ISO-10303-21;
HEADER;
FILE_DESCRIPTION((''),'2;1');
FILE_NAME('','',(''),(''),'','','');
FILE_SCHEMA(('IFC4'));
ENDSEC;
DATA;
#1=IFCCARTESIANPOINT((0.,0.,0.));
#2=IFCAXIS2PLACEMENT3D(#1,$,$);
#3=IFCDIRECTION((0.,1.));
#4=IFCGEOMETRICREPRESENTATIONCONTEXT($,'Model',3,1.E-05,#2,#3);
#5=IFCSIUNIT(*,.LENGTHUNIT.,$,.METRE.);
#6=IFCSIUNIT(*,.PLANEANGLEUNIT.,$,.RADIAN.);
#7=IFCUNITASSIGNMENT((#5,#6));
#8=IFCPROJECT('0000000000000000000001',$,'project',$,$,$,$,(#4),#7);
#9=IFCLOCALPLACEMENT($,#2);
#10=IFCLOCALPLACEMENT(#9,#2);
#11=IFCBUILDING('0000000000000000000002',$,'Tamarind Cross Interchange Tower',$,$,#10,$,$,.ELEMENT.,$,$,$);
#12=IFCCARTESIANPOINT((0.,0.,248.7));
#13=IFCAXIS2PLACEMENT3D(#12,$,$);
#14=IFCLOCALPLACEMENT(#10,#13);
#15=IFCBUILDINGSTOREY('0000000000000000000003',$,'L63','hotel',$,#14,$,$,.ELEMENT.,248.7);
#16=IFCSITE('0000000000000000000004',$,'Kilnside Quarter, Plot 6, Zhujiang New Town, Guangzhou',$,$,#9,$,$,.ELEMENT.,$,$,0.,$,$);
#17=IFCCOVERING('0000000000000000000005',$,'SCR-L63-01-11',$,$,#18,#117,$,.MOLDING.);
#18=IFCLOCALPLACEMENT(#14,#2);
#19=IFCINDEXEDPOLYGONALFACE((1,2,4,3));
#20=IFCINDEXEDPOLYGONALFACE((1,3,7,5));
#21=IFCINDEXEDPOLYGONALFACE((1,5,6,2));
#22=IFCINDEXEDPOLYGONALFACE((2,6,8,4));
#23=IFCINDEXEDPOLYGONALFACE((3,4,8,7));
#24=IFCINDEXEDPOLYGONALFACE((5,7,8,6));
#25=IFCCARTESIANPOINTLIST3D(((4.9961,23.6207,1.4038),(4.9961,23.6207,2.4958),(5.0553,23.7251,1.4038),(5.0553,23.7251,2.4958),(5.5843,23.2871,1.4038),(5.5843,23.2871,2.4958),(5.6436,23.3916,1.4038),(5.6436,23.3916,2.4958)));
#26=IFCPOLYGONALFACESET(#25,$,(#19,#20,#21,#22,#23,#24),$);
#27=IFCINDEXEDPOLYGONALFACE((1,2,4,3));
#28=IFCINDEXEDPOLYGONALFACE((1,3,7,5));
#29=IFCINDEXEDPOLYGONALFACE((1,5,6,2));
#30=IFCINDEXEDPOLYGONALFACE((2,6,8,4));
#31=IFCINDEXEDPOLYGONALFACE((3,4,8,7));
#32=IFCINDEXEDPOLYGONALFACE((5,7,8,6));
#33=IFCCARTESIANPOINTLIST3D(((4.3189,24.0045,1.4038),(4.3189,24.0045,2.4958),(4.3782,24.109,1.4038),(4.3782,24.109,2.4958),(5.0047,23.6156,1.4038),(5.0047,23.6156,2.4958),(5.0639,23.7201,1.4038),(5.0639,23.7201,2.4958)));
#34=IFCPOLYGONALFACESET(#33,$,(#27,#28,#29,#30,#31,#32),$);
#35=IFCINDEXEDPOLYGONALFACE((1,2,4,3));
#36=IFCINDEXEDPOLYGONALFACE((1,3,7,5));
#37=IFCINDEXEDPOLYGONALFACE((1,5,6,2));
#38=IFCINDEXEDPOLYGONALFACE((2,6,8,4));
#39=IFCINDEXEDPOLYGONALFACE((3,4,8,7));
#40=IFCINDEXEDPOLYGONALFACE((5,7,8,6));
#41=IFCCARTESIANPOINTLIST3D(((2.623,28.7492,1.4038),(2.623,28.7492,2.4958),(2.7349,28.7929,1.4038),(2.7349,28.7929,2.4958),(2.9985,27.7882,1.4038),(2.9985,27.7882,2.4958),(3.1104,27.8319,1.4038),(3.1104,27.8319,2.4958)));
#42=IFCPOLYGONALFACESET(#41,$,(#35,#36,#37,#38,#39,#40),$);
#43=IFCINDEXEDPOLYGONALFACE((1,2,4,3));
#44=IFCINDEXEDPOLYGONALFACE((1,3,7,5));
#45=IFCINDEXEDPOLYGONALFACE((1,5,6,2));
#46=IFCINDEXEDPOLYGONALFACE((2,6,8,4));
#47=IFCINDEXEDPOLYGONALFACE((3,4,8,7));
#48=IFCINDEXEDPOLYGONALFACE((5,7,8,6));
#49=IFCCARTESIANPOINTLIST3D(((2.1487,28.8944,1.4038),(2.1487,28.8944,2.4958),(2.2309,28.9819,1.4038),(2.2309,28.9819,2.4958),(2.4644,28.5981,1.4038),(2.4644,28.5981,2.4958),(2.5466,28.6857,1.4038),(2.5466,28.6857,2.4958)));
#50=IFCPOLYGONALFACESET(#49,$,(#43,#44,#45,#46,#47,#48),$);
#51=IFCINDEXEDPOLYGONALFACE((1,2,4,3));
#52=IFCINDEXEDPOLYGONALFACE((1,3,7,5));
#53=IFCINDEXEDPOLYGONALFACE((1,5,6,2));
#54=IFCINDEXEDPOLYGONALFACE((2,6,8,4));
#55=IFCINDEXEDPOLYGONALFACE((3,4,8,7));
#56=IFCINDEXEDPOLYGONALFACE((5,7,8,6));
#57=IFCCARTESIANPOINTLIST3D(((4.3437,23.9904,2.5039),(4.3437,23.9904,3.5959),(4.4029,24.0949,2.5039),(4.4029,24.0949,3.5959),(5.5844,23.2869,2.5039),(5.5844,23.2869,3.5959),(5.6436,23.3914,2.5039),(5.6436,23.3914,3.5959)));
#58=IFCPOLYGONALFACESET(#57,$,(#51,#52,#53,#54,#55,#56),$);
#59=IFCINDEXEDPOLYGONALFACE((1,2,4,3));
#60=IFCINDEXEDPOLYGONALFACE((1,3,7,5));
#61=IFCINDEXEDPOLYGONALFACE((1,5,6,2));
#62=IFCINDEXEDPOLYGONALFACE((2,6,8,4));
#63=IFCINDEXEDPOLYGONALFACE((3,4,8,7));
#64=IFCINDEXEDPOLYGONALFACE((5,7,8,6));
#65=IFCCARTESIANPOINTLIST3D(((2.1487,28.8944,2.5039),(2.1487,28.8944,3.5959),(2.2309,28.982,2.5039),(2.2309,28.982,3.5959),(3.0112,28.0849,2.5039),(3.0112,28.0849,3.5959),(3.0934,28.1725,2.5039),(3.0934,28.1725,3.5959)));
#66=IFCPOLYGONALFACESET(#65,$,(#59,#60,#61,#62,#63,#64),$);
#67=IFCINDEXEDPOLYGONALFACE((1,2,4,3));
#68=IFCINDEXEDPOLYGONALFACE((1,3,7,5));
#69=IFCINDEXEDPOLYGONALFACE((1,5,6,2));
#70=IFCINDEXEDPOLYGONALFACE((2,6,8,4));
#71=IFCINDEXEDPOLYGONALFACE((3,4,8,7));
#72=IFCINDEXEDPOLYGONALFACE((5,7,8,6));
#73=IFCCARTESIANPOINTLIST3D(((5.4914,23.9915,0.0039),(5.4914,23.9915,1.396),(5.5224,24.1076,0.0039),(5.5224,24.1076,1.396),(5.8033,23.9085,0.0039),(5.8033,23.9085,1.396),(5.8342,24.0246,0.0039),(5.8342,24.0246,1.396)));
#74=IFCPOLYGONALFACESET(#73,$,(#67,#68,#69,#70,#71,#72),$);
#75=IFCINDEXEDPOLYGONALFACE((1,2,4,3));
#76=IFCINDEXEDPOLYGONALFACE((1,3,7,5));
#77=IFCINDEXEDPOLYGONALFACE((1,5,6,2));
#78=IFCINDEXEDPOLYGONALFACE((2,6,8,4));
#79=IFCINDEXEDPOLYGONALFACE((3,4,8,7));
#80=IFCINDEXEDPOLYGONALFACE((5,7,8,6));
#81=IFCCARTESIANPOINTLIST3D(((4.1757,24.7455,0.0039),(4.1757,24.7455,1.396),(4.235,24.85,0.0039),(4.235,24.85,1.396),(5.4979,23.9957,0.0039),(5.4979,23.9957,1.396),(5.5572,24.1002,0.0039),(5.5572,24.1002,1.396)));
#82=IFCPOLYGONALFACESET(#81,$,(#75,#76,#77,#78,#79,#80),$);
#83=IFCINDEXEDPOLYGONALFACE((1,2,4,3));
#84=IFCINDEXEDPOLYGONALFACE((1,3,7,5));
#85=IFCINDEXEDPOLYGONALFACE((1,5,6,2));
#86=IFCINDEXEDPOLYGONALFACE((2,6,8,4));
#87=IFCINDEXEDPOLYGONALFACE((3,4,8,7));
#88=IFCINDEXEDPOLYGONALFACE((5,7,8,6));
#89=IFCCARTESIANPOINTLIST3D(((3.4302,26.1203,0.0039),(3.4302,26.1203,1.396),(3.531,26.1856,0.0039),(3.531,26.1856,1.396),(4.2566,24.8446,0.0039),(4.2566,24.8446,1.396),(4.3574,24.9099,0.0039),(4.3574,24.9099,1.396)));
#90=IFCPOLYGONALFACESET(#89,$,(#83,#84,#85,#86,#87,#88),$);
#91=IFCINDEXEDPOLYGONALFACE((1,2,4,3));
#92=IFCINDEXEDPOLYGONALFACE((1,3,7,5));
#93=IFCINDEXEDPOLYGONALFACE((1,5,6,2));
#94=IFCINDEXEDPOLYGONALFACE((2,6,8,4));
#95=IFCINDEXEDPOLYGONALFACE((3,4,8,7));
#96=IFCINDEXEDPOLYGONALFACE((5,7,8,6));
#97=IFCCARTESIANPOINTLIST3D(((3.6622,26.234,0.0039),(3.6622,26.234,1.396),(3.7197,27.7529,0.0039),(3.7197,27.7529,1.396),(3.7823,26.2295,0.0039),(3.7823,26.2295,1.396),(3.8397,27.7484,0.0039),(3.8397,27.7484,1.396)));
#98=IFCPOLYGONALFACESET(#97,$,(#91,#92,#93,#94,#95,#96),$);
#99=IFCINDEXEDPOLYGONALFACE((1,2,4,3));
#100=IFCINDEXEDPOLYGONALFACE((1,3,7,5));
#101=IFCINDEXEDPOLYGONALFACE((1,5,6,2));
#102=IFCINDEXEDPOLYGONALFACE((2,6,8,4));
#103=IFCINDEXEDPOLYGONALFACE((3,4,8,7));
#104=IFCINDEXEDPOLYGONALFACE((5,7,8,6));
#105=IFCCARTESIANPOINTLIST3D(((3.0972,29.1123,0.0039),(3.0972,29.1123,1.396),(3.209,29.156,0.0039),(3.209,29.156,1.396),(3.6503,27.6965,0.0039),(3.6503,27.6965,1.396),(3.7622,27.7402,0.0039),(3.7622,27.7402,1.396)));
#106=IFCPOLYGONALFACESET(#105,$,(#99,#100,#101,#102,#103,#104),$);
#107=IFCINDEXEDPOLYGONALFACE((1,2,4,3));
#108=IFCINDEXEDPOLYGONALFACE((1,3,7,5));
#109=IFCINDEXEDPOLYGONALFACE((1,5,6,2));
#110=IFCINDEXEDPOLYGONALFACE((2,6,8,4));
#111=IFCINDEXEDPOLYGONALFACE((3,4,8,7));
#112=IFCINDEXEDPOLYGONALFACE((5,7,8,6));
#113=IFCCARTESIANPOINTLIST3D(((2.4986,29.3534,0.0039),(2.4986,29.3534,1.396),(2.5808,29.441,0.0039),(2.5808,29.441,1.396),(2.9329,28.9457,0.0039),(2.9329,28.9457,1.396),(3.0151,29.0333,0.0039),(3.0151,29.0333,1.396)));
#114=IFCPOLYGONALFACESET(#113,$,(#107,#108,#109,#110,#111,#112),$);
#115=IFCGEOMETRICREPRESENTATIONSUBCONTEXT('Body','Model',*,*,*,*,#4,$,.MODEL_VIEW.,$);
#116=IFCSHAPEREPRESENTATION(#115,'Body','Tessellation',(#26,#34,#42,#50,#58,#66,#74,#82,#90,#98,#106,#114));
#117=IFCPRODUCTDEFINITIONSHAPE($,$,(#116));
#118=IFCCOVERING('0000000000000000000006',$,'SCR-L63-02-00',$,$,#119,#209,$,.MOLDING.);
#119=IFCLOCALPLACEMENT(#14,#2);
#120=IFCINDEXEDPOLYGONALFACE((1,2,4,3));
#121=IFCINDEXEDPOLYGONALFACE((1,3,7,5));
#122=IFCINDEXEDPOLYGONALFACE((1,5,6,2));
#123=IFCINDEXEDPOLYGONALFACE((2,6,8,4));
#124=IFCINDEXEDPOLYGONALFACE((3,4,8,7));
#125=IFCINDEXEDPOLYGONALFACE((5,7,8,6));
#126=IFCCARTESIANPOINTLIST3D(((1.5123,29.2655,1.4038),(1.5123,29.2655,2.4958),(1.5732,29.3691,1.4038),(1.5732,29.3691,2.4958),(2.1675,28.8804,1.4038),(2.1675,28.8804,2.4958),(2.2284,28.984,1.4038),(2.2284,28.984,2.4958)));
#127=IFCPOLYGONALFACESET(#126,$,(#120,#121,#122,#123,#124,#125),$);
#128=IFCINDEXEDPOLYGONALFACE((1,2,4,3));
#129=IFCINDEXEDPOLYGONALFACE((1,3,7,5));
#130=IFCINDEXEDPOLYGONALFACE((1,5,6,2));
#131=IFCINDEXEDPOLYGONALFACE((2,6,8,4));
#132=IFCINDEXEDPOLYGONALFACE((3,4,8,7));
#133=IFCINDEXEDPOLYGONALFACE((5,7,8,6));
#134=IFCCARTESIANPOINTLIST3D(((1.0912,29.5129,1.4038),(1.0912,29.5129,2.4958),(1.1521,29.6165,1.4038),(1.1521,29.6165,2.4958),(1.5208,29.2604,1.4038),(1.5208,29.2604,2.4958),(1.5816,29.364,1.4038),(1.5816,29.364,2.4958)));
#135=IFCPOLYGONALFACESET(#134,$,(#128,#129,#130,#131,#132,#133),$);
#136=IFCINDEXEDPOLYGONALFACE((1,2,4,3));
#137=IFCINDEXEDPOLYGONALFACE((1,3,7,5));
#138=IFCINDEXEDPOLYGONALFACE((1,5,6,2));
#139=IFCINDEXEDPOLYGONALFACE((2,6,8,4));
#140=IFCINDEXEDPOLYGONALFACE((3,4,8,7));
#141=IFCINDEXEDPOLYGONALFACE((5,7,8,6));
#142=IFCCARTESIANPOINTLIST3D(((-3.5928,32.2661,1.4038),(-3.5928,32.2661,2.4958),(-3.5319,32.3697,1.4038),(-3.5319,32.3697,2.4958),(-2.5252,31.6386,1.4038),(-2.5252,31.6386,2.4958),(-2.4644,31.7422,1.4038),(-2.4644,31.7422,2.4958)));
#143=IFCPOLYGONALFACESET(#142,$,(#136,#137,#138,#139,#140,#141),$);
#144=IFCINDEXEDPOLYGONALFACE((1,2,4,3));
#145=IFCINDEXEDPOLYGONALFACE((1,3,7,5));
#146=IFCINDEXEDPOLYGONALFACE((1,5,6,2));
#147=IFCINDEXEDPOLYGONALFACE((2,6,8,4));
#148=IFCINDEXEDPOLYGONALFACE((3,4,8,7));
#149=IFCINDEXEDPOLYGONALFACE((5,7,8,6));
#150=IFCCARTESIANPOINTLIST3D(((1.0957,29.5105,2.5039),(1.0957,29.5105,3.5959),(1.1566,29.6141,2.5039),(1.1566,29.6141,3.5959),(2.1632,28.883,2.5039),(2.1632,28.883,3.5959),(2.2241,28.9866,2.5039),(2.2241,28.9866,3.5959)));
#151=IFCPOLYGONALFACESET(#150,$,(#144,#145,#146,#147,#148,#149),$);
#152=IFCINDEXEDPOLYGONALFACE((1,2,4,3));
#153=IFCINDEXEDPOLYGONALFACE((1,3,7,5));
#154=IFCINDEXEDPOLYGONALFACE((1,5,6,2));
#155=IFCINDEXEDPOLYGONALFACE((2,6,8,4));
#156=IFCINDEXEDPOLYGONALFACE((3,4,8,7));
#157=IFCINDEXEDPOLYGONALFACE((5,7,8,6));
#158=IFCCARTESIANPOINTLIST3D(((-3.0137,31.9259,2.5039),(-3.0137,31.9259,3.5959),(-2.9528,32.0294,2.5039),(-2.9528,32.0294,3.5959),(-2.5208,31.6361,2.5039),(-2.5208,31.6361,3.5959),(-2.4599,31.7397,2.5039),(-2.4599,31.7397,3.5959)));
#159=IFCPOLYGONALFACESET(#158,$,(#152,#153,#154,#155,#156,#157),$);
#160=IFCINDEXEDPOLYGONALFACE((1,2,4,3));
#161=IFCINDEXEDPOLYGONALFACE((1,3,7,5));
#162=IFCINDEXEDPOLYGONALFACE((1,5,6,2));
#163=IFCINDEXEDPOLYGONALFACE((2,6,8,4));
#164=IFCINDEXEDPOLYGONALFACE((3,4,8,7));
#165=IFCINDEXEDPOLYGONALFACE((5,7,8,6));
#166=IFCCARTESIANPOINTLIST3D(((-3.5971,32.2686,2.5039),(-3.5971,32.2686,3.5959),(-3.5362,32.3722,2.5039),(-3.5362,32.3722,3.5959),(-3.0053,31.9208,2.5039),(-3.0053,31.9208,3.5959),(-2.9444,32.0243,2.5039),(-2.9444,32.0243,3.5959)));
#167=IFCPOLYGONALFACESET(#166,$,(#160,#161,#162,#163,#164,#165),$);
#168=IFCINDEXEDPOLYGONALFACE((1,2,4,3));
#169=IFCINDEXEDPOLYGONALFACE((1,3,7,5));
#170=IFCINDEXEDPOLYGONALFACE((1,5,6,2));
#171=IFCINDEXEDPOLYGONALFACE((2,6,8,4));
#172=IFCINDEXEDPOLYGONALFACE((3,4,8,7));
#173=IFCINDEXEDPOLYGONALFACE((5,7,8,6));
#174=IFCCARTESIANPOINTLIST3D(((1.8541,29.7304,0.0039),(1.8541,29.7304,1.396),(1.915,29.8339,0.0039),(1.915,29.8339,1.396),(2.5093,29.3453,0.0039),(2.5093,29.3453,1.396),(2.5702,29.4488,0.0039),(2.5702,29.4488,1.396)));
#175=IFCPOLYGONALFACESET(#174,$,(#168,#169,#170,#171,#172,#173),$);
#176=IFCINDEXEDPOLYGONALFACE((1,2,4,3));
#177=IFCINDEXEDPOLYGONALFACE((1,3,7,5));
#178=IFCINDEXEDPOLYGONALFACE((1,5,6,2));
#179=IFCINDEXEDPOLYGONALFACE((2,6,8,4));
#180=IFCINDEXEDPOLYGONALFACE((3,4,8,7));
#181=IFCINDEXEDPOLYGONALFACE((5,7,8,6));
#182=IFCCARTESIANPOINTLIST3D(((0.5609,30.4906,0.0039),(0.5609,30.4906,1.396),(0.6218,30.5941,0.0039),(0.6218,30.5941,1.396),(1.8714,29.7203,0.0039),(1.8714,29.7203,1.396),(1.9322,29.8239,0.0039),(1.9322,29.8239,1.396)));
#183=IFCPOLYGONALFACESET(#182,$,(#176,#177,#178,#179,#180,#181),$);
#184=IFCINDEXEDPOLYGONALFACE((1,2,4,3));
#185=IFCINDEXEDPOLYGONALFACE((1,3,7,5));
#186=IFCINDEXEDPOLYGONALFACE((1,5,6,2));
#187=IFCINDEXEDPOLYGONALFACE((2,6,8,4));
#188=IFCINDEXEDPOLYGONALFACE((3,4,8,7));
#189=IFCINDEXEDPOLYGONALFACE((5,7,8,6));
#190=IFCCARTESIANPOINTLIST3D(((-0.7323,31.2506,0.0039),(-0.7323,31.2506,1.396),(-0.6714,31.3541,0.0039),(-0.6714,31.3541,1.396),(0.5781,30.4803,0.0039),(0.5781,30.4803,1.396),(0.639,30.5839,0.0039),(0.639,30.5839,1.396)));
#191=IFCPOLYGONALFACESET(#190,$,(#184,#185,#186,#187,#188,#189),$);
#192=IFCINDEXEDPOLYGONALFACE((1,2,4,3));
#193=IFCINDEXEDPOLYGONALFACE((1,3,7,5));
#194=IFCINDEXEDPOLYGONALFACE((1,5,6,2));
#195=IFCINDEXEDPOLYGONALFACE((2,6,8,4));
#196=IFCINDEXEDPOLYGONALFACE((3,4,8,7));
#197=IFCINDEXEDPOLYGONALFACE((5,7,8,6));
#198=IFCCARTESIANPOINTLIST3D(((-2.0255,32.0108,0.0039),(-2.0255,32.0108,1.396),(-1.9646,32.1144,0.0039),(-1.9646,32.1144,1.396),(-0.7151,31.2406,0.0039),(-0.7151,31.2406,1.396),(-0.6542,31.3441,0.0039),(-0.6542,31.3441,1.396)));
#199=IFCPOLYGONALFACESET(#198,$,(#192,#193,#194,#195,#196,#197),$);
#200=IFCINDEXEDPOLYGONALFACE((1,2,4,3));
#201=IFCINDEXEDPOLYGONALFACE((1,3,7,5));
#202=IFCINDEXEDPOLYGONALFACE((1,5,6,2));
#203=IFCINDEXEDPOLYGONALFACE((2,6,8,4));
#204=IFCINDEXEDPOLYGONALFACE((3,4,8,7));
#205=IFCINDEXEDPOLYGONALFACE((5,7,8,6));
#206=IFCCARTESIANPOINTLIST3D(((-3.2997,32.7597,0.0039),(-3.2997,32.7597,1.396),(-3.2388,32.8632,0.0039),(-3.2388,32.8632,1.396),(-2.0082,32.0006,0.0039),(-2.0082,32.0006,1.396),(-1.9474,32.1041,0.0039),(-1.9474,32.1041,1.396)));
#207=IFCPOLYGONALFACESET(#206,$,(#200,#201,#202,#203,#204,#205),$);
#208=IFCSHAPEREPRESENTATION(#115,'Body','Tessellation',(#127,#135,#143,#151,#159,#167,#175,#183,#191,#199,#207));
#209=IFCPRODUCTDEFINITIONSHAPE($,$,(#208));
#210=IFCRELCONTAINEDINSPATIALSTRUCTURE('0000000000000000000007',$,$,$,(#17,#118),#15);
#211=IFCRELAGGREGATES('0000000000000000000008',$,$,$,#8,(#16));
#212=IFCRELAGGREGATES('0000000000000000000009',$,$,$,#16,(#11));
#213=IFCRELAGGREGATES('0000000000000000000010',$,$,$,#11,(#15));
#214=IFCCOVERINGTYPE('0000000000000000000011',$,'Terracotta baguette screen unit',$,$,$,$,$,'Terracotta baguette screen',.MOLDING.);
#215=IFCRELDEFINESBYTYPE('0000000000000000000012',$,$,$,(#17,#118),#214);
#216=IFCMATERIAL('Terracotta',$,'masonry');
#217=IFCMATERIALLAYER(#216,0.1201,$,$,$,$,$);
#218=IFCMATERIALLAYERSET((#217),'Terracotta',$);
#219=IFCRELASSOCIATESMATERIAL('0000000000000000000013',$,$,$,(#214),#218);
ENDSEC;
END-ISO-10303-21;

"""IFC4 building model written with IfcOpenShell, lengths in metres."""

from ifc_helpers import new_model, si_unit, direction, frame, origin, origin_2d, place, context, subcontext, project, spatial, rectangle, extrude, material, layer, layer_set, type_object, element, save


model = new_model("IFC4")

# Units and contexts
model_context = context("Model", 3, precision=1e-05, world=origin(), true_north=direction((0.0, 1.0)))
body_context = subcontext(model_context, "Body", "Model", "MODEL_VIEW")
ifc_project = project(units=[si_unit("LENGTHUNIT", "METRE"), si_unit("PLANEANGLEUNIT", "RADIAN")], contexts=[model_context])

# Site, building, storey
site_placement = place(None, origin())
site = spatial("IfcSite", under=ifc_project, at=site_placement, Name="Kilnside Quarter, Plot 6, Zhujiang New Town, Guangzhou", CompositionType="ELEMENT", RefElevation=0.0)
building_placement = place(site_placement, origin())
building = spatial("IfcBuilding", under=site, at=building_placement, Name="Tamarind Cross Interchange Tower", CompositionType="ELEMENT")
storey_placement = place(building_placement, frame((0.0, 0.0, 248.7)))
storey = spatial("IfcBuildingStorey", under=building, at=storey_placement, Name="L63", Description="hotel", CompositionType="ELEMENT", Elevation=248.7)

# Coverings
ifc_material_1 = material(Name="Terracotta", Category="masonry")
ifc_layer_1 = layer(ifc_material_1, 0.1201)
ifc_layer_set_1 = layer_set([ifc_layer_1], Name="Terracotta")
covering_type = type_object("IfcCoveringType", Name="Terracotta baguette screen unit", ElementType="Terracotta baguette screen", PredefinedType="MOLDING", material=ifc_layer_set_1)
covering_1_placement = place(storey_placement, origin())
element("IfcCovering", 1, at=covering_1_placement, inside=storey, type_object=covering_type, Name="SCR-L63-01-11", PredefinedType="MOLDING", context=body_context, shape_type="SweptSolid", body=[
    extrude(rectangle(XDim=0.6763, YDim=0.1201, at=origin_2d()), frame((5.3198, 23.5061, 1.4038), z_axis=(0.0, 0.0, 1.0), x_axis=(-0.869878, 0.493267, 0.0)), (0.0, 0.0, 1.0), 1.092),
    extrude(rectangle(XDim=0.7883, YDim=0.1201, at=origin_2d()), frame((4.6914, 23.8623, 1.4038), z_axis=(0.0, 0.0, 1.0), x_axis=(-0.869878, 0.493267, 0.0)), (0.0, 0.0, 1.0), 1.092),
    extrude(rectangle(XDim=1.0317, YDim=0.1201, at=origin_2d()), frame((2.8667, 28.2905, 1.4038), z_axis=(0.0, 0.0, 1.0), x_axis=(-0.363924, 0.931429, 0.0)), (0.0, 0.0, 1.0), 1.092),
    extrude(rectangle(XDim=0.4329, YDim=0.1201, at=origin_2d()), frame((2.3477, 28.79, 1.4038), z_axis=(0.0, 0.0, 1.0), x_axis=(-0.729162, 0.684341, 0.0)), (0.0, 0.0, 1.0), 1.092),
    extrude(rectangle(XDim=1.4263, YDim=0.1201, at=origin_2d()), frame((4.9937, 23.6909, 2.5039), z_axis=(0.0, 0.0, 1.0), x_axis=(-0.869878, 0.493267, 0.0)), (0.0, 0.0, 1.0), 1.092),
    extrude(rectangle(XDim=1.1829, YDim=0.1201, at=origin_2d()), frame((2.6211, 28.5334, 2.5039), z_axis=(0.0, 0.0, 1.0), x_axis=(-0.729162, 0.684341, 0.0)), (0.0, 0.0, 1.0), 1.092),
    extrude(rectangle(XDim=0.3228, YDim=0.1201, at=origin_2d()), frame((5.6628, 24.0081, 0.0039), z_axis=(0.0, 0.0, 1.0), x_axis=(-0.966326, 0.257322, 0.0)), (0.0, 0.0, 1.0), 1.3921),
    extrude(rectangle(XDim=1.52, YDim=0.1201, at=origin_2d()), frame((4.8665, 24.4229, 0.0039), z_axis=(0.0, 0.0, 1.0), x_axis=(-0.869878, 0.493267, 0.0)), (0.0, 0.0, 1.0), 1.3921),
    extrude(rectangle(XDim=1.52, YDim=0.1201, at=origin_2d()), frame((3.8938, 25.5151, 0.0039), z_axis=(0.0, 0.0, 1.0), x_axis=(-0.543719, 0.839267, 0.0)), (0.0, 0.0, 1.0), 1.3921),
    extrude(rectangle(XDim=1.52, YDim=0.1201, at=origin_2d()), frame((3.751, 26.9912, 0.0039), z_axis=(0.0, 0.0, 1.0), x_axis=(0.037792, 0.999286, 0.0)), (0.0, 0.0, 1.0), 1.3921),
    extrude(rectangle(XDim=1.52, YDim=0.1201, at=origin_2d()), frame((3.4297, 28.4263, 0.0039), z_axis=(0.0, 0.0, 1.0), x_axis=(-0.363924, 0.931429, 0.0)), (0.0, 0.0, 1.0), 1.3921),
    extrude(rectangle(XDim=0.5957, YDim=0.1201, at=origin_2d()), frame((2.7568, 29.1934, 0.0039), z_axis=(0.0, 0.0, 1.0), x_axis=(-0.729162, 0.684341, 0.0)), (0.0, 0.0, 1.0), 1.3921),
])
covering_2_placement = place(storey_placement, origin())
element("IfcCovering", 2, at=covering_2_placement, inside=storey, type_object=covering_type, Name="SCR-L63-02-00", PredefinedType="MOLDING", context=body_context, shape_type="SweptSolid", body=[
    extrude(rectangle(XDim=0.76, YDim=0.1201, at=origin_2d()), frame((1.8704, 29.1248, 1.4038), z_axis=(0.0, 0.0, 1.0), x_axis=(-0.862104, 0.506732, 0.0)), (0.0, 0.0, 1.0), 1.092),
    extrude(rectangle(XDim=0.4983, YDim=0.1201, at=origin_2d()), frame((1.3364, 29.4385, 1.4038), z_axis=(0.0, 0.0, 1.0), x_axis=(-0.862104, 0.506732, 0.0)), (0.0, 0.0, 1.0), 1.092),
    extrude(rectangle(XDim=1.2383, YDim=0.1201, at=origin_2d()), frame((-3.0286, 32.0042, 1.4038), z_axis=(0.0, 0.0, 1.0), x_axis=(-0.862104, 0.506732, 0.0)), (0.0, 0.0, 1.0), 1.092),
    extrude(rectangle(XDim=1.2383, YDim=0.1201, at=origin_2d()), frame((1.6599, 29.2485, 2.5039), z_axis=(0.0, 0.0, 1.0), x_axis=(-0.862104, 0.506732, 0.0)), (0.0, 0.0, 1.0), 1.092),
    extrude(rectangle(XDim=0.5718, YDim=0.1201, at=origin_2d()), frame((-2.7368, 31.8328, 2.5039), z_axis=(0.0, 0.0, 1.0), x_axis=(-0.862104, 0.506732, 0.0)), (0.0, 0.0, 1.0), 1.092),
    extrude(rectangle(XDim=0.6865, YDim=0.1201, at=origin_2d()), frame((-3.2708, 32.1465, 2.5039), z_axis=(0.0, 0.0, 1.0), x_axis=(-0.862104, 0.506732, 0.0)), (0.0, 0.0, 1.0), 1.092),
    extrude(rectangle(XDim=0.76, YDim=0.1201, at=origin_2d()), frame((2.2122, 29.5896, 0.0039), z_axis=(0.0, 0.0, 1.0), x_axis=(-0.862104, 0.506732, 0.0)), (0.0, 0.0, 1.0), 1.3921),
    extrude(rectangle(XDim=1.52, YDim=0.1201, at=origin_2d()), frame((1.2466, 30.1572, 0.0039), z_axis=(0.0, 0.0, 1.0), x_axis=(-0.862104, 0.506732, 0.0)), (0.0, 0.0, 1.0), 1.3921),
    extrude(rectangle(XDim=1.52, YDim=0.1201, at=origin_2d()), frame((-0.0466, 30.9172, 0.0039), z_axis=(0.0, 0.0, 1.0), x_axis=(-0.862104, 0.506732, 0.0)), (0.0, 0.0, 1.0), 1.3921),
    extrude(rectangle(XDim=1.52, YDim=0.1201, at=origin_2d()), frame((-1.3398, 31.6775, 0.0039), z_axis=(0.0, 0.0, 1.0), x_axis=(-0.862104, 0.506732, 0.0)), (0.0, 0.0, 1.0), 1.3921),
    extrude(rectangle(XDim=1.498, YDim=0.1201, at=origin_2d()), frame((-2.6235, 32.4319, 0.0039), z_axis=(0.0, 0.0, 1.0), x_axis=(-0.862104, 0.506732, 0.0)), (0.0, 0.0, 1.0), 1.3921),
])

save(model, "model.ifc")
